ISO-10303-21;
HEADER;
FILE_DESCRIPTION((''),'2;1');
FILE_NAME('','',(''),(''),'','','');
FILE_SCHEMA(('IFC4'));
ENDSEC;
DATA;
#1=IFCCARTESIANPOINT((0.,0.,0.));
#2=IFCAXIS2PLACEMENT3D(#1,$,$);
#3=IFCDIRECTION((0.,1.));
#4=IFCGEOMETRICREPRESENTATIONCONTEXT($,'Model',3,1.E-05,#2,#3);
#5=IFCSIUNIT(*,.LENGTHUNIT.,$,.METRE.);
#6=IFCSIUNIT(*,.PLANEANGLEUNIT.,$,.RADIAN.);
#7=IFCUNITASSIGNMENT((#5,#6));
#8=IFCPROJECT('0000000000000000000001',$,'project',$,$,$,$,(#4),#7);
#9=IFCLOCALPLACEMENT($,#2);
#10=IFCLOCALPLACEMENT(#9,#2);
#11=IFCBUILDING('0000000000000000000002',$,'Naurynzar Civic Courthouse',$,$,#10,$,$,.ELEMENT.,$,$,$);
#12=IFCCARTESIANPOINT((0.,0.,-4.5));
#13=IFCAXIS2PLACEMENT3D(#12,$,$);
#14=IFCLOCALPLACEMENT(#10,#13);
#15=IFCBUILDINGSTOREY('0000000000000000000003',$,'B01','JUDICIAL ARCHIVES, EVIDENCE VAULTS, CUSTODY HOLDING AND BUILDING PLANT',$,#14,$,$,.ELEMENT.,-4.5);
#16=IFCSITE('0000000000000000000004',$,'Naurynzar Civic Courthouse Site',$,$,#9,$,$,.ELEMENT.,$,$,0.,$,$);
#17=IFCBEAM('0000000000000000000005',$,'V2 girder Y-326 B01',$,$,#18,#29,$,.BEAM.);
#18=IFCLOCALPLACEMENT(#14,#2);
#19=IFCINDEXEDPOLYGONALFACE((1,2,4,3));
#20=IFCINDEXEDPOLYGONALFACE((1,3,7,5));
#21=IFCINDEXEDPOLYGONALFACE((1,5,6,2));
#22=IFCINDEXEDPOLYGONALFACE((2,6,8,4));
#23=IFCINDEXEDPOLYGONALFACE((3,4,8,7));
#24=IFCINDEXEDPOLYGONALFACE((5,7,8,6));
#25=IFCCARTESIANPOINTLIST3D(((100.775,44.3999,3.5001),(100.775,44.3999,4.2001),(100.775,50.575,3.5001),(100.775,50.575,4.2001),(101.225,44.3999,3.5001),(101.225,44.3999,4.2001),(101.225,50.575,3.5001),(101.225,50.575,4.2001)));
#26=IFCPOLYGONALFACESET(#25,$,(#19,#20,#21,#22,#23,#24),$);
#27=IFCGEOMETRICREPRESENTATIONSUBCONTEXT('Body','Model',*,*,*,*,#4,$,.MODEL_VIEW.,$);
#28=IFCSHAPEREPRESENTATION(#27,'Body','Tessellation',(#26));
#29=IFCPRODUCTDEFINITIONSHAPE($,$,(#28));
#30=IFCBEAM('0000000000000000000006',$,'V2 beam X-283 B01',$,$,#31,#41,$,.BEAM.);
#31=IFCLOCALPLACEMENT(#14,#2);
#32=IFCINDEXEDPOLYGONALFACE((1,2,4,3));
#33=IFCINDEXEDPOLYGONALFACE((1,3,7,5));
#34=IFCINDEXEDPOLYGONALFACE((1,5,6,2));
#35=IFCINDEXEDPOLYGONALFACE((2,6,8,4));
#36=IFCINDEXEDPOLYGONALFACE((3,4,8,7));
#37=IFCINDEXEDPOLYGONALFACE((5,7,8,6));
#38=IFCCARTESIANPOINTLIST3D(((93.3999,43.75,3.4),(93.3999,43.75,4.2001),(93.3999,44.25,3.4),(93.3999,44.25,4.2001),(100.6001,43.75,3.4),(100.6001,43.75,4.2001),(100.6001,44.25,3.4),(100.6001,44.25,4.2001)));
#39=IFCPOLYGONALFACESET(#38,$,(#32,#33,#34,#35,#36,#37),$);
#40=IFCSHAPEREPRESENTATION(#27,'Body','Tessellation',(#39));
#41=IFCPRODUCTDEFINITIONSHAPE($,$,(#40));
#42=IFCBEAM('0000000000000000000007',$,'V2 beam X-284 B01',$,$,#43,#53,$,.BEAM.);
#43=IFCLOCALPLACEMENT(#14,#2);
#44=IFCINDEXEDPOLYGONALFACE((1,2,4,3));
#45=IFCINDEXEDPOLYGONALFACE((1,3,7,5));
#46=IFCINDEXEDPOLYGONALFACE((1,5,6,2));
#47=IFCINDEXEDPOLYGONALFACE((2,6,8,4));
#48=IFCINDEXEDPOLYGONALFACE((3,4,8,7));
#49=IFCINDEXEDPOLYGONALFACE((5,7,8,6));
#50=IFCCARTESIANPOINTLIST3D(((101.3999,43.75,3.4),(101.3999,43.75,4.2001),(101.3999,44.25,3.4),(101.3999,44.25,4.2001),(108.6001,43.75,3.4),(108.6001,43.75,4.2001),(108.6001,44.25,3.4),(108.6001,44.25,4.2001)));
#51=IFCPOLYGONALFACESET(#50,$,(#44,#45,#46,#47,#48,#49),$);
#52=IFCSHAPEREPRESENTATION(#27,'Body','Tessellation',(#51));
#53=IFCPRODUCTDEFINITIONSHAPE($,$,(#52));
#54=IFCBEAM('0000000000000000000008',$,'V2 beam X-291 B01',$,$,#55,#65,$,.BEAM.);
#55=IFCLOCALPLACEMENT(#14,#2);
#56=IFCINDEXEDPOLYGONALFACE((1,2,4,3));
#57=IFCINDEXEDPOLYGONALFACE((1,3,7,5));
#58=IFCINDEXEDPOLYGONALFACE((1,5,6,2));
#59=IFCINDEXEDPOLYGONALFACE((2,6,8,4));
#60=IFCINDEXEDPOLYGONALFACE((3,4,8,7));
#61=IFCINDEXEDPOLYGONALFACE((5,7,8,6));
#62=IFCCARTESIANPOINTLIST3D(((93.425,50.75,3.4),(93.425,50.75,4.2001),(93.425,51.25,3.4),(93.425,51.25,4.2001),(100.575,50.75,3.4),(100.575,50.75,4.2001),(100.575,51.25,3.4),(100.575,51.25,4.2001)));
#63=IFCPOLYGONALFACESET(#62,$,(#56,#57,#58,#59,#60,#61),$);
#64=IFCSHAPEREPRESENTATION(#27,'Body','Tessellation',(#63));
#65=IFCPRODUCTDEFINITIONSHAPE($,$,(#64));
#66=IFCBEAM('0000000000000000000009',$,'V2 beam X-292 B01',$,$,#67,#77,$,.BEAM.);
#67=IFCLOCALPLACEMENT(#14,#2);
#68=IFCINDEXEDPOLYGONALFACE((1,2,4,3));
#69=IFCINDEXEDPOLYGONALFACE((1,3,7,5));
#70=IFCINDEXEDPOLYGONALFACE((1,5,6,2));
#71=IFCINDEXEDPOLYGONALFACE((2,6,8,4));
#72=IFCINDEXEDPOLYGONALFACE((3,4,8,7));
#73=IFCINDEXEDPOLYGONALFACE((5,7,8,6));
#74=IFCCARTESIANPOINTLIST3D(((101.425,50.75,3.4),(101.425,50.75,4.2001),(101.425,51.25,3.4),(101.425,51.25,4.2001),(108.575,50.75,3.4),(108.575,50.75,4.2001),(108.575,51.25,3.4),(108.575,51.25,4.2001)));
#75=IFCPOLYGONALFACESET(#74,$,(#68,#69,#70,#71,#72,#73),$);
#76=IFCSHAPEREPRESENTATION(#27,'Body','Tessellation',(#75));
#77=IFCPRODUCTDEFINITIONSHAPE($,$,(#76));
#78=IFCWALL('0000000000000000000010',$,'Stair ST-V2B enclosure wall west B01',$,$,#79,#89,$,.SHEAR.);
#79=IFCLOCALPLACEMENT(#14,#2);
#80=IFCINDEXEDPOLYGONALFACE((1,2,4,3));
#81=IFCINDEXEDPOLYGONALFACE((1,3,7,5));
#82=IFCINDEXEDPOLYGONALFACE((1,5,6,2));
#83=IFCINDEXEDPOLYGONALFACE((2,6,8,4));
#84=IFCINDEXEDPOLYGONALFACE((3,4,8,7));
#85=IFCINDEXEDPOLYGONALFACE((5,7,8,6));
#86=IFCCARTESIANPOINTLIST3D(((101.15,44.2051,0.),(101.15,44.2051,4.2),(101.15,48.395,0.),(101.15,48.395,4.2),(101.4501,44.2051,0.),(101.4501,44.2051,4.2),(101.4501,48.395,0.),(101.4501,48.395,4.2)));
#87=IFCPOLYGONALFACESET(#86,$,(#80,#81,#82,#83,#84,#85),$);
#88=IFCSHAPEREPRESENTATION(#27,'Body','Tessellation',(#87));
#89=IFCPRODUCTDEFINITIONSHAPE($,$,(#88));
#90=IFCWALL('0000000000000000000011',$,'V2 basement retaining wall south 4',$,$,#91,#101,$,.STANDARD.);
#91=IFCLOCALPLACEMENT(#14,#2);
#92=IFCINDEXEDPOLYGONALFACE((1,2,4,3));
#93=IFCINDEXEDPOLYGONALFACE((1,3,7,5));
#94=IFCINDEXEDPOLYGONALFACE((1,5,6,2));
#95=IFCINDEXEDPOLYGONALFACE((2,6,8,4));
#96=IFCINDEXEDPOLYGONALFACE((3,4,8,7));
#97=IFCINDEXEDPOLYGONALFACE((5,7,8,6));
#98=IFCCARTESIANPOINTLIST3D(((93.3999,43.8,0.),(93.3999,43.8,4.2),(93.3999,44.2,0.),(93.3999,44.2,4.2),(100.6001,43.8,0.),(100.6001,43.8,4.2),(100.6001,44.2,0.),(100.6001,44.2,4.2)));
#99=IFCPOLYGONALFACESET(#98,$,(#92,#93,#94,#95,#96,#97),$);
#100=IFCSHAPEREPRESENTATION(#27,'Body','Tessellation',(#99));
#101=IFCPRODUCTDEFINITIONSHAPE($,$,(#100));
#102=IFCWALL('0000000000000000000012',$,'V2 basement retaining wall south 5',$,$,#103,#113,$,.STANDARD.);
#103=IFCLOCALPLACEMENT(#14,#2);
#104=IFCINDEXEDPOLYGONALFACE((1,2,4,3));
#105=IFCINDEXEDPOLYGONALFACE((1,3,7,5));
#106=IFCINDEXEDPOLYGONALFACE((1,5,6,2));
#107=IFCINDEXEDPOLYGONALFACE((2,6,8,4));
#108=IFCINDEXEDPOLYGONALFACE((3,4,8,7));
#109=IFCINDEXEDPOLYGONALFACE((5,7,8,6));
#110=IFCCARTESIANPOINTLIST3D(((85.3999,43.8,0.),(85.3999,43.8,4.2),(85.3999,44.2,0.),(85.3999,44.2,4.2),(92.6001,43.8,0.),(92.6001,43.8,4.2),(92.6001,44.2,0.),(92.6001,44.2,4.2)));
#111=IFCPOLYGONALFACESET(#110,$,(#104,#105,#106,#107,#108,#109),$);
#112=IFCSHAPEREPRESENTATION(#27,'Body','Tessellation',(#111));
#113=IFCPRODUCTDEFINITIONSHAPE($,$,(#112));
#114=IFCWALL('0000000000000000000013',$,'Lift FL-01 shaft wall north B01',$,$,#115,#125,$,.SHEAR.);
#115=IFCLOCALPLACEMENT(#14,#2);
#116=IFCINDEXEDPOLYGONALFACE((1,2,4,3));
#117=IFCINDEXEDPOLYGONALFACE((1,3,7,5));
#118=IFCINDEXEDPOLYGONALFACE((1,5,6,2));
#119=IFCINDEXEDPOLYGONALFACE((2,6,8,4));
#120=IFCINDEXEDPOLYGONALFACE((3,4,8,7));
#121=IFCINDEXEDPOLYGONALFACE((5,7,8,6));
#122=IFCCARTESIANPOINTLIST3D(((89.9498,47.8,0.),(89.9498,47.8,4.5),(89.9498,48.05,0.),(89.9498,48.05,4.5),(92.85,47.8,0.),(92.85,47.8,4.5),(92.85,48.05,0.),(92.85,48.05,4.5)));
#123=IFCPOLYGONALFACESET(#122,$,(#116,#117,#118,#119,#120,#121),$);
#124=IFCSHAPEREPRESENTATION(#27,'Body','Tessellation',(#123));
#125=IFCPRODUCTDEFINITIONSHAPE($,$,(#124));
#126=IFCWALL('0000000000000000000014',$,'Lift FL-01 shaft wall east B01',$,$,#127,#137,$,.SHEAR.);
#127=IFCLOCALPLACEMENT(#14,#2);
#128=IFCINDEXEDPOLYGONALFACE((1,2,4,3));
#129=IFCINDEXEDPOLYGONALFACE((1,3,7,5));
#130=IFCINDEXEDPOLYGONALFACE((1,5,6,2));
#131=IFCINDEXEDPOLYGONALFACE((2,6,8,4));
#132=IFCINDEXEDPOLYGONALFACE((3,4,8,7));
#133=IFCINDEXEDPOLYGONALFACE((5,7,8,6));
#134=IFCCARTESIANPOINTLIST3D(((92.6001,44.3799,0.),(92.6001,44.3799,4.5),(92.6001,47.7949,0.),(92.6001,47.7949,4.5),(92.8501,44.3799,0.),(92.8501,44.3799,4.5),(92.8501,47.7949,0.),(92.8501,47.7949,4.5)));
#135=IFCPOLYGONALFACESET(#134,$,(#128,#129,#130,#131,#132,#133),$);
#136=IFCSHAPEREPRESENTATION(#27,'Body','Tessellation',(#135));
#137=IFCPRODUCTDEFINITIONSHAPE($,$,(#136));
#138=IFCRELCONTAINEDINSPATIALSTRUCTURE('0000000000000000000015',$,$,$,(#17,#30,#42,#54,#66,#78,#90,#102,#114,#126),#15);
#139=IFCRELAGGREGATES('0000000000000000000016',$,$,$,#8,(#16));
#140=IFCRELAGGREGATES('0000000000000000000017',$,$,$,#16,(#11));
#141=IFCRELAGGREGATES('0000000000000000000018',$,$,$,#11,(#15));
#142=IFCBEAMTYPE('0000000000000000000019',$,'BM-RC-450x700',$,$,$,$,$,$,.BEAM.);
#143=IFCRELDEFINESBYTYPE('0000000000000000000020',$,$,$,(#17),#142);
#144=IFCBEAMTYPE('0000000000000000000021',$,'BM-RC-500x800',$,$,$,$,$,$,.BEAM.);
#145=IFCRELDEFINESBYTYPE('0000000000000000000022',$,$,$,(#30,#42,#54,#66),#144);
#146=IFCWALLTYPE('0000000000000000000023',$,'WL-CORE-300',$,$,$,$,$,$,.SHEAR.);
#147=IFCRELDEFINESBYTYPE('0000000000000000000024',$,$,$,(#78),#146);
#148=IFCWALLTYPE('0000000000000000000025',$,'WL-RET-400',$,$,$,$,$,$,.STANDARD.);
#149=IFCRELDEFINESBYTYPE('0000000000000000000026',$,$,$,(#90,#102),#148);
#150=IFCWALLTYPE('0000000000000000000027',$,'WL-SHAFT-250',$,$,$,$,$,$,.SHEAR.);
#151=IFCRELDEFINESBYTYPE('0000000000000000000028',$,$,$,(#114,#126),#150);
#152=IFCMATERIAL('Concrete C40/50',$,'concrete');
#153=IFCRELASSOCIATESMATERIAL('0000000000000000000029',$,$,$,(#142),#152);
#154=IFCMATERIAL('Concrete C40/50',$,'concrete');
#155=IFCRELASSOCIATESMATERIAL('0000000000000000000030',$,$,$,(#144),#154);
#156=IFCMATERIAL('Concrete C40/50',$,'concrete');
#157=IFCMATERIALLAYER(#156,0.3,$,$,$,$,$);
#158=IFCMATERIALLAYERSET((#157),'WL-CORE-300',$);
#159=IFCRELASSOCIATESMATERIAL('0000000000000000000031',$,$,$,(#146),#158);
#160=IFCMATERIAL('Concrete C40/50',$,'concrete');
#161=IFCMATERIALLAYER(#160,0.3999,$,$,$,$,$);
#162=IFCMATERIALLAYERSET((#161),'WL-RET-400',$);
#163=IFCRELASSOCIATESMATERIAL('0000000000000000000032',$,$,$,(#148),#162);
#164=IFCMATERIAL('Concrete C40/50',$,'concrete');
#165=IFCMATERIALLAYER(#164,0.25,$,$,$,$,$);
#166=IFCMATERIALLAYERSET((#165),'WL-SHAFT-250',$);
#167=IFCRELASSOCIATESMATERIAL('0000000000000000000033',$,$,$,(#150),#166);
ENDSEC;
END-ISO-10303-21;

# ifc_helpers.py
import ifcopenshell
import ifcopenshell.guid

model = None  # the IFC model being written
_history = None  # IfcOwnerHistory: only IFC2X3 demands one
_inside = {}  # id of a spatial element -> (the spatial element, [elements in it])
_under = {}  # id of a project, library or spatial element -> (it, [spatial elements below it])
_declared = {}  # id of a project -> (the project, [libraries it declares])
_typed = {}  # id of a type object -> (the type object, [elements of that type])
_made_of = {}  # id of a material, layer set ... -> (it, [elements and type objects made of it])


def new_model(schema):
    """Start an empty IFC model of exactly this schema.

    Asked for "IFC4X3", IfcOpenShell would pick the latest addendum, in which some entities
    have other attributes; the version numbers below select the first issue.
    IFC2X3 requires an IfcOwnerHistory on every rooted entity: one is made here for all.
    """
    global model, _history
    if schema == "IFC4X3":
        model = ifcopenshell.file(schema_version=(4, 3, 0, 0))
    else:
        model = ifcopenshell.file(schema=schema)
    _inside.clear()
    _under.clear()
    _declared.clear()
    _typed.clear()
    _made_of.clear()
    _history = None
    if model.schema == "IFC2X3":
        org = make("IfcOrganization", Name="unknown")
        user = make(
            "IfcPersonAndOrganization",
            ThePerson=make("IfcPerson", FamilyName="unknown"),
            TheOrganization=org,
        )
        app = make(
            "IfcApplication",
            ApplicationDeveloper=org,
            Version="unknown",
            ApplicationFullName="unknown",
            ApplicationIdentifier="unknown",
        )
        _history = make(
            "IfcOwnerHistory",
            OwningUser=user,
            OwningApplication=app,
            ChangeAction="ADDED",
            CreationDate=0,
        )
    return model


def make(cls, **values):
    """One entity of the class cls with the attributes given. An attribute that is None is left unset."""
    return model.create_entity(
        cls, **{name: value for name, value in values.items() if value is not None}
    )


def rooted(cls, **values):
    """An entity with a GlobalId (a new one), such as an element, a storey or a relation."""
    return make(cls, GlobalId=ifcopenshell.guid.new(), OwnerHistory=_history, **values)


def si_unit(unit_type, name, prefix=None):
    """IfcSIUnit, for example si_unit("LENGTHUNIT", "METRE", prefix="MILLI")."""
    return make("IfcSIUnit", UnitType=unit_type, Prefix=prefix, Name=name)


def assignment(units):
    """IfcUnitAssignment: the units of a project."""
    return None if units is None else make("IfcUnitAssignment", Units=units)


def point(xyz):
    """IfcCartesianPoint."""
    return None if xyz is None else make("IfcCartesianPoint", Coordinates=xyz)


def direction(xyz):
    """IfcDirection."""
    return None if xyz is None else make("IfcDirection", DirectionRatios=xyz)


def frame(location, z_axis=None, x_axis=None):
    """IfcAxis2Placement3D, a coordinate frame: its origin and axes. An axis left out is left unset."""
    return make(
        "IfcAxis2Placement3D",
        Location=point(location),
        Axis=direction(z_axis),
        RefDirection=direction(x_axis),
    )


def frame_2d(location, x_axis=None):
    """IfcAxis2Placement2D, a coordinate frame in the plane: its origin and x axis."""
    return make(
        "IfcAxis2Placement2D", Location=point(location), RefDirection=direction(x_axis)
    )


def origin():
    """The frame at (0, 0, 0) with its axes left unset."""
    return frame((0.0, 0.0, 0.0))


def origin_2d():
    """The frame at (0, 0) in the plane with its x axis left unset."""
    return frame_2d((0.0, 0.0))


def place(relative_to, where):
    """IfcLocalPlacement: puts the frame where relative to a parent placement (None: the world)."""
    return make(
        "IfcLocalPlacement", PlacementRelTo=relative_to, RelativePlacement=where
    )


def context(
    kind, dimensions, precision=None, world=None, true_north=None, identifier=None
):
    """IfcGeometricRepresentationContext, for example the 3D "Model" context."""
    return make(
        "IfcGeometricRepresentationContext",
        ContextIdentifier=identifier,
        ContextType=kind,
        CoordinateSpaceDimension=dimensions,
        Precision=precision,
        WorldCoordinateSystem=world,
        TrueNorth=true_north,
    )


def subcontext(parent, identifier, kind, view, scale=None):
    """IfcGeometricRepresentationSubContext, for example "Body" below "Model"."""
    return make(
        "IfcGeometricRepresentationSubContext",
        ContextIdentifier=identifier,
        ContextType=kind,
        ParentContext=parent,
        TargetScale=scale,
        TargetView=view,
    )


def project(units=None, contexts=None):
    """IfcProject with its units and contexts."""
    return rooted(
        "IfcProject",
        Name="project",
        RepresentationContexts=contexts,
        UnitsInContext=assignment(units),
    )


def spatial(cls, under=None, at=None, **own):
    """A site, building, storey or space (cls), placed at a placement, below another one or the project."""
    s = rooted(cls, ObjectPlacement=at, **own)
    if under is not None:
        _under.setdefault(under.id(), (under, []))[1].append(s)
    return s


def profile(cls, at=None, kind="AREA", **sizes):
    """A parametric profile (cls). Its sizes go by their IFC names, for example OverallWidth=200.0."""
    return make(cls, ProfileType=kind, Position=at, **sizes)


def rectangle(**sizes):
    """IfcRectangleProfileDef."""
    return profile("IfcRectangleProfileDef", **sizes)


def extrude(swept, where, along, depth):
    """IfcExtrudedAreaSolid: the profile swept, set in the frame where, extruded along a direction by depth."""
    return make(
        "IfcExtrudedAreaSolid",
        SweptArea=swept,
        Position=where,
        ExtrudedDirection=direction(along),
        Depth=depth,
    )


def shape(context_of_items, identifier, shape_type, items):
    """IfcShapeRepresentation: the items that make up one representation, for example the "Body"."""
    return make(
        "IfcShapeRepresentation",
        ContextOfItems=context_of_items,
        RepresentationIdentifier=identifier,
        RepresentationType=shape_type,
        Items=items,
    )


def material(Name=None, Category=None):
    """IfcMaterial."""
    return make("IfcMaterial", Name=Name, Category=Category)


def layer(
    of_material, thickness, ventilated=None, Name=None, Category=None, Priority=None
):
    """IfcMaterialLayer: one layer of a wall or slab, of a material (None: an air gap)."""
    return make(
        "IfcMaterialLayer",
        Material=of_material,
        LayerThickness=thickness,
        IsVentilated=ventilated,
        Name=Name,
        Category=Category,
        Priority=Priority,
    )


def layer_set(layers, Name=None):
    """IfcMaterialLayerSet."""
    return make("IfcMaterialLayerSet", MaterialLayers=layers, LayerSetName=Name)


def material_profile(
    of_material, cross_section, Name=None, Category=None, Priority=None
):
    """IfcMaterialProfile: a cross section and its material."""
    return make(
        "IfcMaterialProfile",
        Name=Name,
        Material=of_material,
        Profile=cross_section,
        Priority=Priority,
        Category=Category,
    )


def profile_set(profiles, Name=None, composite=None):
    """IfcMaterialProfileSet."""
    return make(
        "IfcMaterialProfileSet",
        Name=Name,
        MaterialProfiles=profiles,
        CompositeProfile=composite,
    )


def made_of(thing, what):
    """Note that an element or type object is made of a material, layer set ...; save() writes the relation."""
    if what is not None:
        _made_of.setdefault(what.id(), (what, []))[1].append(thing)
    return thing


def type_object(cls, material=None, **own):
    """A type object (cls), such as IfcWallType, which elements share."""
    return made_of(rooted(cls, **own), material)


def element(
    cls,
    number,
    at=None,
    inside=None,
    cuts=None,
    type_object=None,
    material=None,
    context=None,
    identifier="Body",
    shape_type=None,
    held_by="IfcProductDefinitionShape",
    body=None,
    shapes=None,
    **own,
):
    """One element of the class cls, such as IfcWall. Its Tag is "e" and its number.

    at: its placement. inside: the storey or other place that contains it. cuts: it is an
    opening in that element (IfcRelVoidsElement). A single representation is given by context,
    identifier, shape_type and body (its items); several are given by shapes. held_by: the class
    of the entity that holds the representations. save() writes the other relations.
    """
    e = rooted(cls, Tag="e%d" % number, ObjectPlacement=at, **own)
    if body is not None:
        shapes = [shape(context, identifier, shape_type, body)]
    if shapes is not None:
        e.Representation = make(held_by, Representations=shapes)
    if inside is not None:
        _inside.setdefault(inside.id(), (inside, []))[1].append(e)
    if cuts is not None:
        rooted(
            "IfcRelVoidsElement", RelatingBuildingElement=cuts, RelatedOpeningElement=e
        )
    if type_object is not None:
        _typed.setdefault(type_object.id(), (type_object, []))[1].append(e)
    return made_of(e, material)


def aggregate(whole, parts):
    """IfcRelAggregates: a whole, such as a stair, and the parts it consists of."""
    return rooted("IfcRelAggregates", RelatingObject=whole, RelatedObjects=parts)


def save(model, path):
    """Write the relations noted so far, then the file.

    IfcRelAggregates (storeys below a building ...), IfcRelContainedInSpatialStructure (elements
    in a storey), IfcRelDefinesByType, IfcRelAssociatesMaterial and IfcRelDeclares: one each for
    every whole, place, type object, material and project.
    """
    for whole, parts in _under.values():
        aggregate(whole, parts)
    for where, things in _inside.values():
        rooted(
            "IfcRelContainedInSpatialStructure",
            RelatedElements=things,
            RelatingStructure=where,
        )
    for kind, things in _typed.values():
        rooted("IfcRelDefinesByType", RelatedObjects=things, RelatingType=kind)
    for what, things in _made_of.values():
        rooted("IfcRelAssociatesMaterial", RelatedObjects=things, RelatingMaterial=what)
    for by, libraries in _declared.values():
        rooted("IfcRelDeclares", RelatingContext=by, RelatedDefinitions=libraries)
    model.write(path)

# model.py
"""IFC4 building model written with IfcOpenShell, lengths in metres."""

from ifc_helpers import new_model, si_unit, direction, frame, frame_2d, origin, origin_2d, place, context, subcontext, project, spatial, rectangle, extrude, material, layer, layer_set, material_profile, profile_set, type_object, element, save


model = new_model("IFC4")

# Units and contexts
model_context = context("Model", 3, precision=1e-05, world=origin(), true_north=direction((0.0, 1.0)))
body_context = subcontext(model_context, "Body", "Model", "MODEL_VIEW")
ifc_project = project(units=[si_unit("LENGTHUNIT", "METRE"), si_unit("PLANEANGLEUNIT", "RADIAN")], contexts=[model_context])

# Site, building, storey
site_placement = place(None, origin())
site = spatial("IfcSite", under=ifc_project, at=site_placement, Name="Naurynzar Civic Courthouse Site", CompositionType="ELEMENT", RefElevation=0.0)
building_placement = place(site_placement, origin())
building = spatial("IfcBuilding", under=site, at=building_placement, Name="Naurynzar Civic Courthouse", CompositionType="ELEMENT")
storey_placement = place(building_placement, frame((0.0, 0.0, -4.5)))
storey = spatial("IfcBuildingStorey", under=building, at=storey_placement, Name="B01", Description="JUDICIAL ARCHIVES, EVIDENCE VAULTS, CUSTODY HOLDING AND BUILDING PLANT", CompositionType="ELEMENT", Elevation=-4.5)

# Beams
ifc_material_1 = material(Name="Concrete C40/50", Category="concrete")
ifc_material_profile_1 = material_profile(ifc_material_1, rectangle(XDim=0.45, YDim=0.7, at=origin_2d()), Name="RCB 450x700")
ifc_profile_set_1 = profile_set([ifc_material_profile_1], Name="Concrete C40/50")
beam_type_1 = type_object("IfcBeamType", Name="BM-RC-450x700", PredefinedType="BEAM", material=ifc_profile_set_1)
for number, where, z_axis, x_axis, name in (
    (1, (101.0, 44.3999, 3.8501), (0.0, 1.0, 0.0), (-1.0, 0.0, 0.0), "V2 girder Y-326 B01"),
):
    element("IfcBeam", number, at=place(storey_placement, frame(where, z_axis=z_axis, x_axis=x_axis)), inside=storey, type_object=beam_type_1, Name=name, PredefinedType="BEAM", context=body_context, shape_type="SweptSolid", body=[
        extrude(rectangle(XDim=0.45, YDim=0.7, at=origin_2d()), origin(), (0.0, 0.0, 1.0), 6.175),
    ])
ifc_material_2 = material(Name="Concrete C40/50", Category="concrete")
ifc_material_profile_2 = material_profile(ifc_material_2, rectangle(XDim=0.5, YDim=0.8, at=origin_2d()), Name="RCB 500x800")
ifc_profile_set_2 = profile_set([ifc_material_profile_2], Name="Concrete C40/50")
beam_type_2 = type_object("IfcBeamType", Name="BM-RC-500x800", PredefinedType="BEAM", material=ifc_profile_set_2)
for number, where, z_axis, x_axis, name in (
    (2, (93.3999, 44.0, 3.8), (1.0, 0.0, 0.0), (0.0, 1.0, 0.0), "V2 beam X-283 B01"),
    (3, (101.3999, 44.0, 3.8), (1.0, 0.0, 0.0), (0.0, 1.0, 0.0), "V2 beam X-284 B01"),
):
    element("IfcBeam", number, at=place(storey_placement, frame(where, z_axis=z_axis, x_axis=x_axis)), inside=storey, type_object=beam_type_2, Name=name, PredefinedType="BEAM", context=body_context, shape_type="SweptSolid", body=[
        extrude(rectangle(XDim=0.5, YDim=0.8, at=origin_2d()), origin(), (0.0, 0.0, 1.0), 7.2002),
    ])
for number, where, z_axis, x_axis, name in (
    (4, (93.425, 51.0, 3.8), (1.0, 0.0, 0.0), (0.0, 1.0, 0.0), "V2 beam X-291 B01"),
    (5, (101.425, 51.0, 3.8), (1.0, 0.0, 0.0), (0.0, 1.0, 0.0), "V2 beam X-292 B01"),
):
    element("IfcBeam", number, at=place(storey_placement, frame(where, z_axis=z_axis, x_axis=x_axis)), inside=storey, type_object=beam_type_2, Name=name, PredefinedType="BEAM", context=body_context, shape_type="SweptSolid", body=[
        extrude(rectangle(XDim=0.5, YDim=0.8, at=origin_2d()), origin(), (0.0, 0.0, 1.0), 7.1499),
    ])

# Walls
ifc_material_3 = material(Name="Concrete C40/50", Category="concrete")
ifc_layer_1 = layer(ifc_material_3, 0.3)
ifc_layer_set_1 = layer_set([ifc_layer_1], Name="WL-CORE-300")
wall_type_1 = type_object("IfcWallType", Name="WL-CORE-300", PredefinedType="SHEAR", material=ifc_layer_set_1)
wall_1_placement = place(storey_placement, frame((101.3, 48.395, 0.0), z_axis=(0.0, 0.0, 1.0), x_axis=(0.0, -1.0, 0.0)))
element("IfcWall", 6, at=wall_1_placement, inside=storey, type_object=wall_type_1, Name="Stair ST-V2B enclosure wall west B01", PredefinedType="SHEAR", context=body_context, shape_type="SweptSolid", body=[
    extrude(rectangle(XDim=4.1899, YDim=0.3, at=frame_2d((2.095, 0.0))), origin(), (0.0, 0.0, 1.0), 4.2),
])
ifc_material_4 = material(Name="Concrete C40/50", Category="concrete")
ifc_layer_2 = layer(ifc_material_4, 0.3999)
ifc_layer_set_2 = layer_set([ifc_layer_2], Name="WL-RET-400")
wall_type_2 = type_object("IfcWallType", Name="WL-RET-400", PredefinedType="STANDARD", material=ifc_layer_set_2)
for number, where, z_axis, x_axis, name in (
    (7, (100.6001, 44.0, 0.0), (0.0, 0.0, 1.0), (-1.0, 0.0, 0.0), "V2 basement retaining wall south 4"),
    (8, (92.6001, 44.0, 0.0), (0.0, 0.0, 1.0), (-1.0, 0.0, 0.0), "V2 basement retaining wall south 5"),
):
    element("IfcWall", number, at=place(storey_placement, frame(where, z_axis=z_axis, x_axis=x_axis)), inside=storey, type_object=wall_type_2, Name=name, PredefinedType="STANDARD", context=body_context, shape_type="SweptSolid", body=[
        extrude(rectangle(XDim=7.2002, YDim=0.3999, at=frame_2d((3.6001, 0.0))), origin(), (0.0, 0.0, 1.0), 4.2),
    ])
ifc_material_5 = material(Name="Concrete C40/50", Category="concrete")
ifc_layer_3 = layer(ifc_material_5, 0.25)
ifc_layer_set_3 = layer_set([ifc_layer_3], Name="WL-SHAFT-250")
wall_type_3 = type_object("IfcWallType", Name="WL-SHAFT-250", PredefinedType="SHEAR", material=ifc_layer_set_3)
wall_2_placement = place(storey_placement, frame((92.8501, 47.925, 0.0), z_axis=(0.0, 0.0, 1.0), x_axis=(-1.0, 0.0, 0.0)))
element("IfcWall", 9, at=wall_2_placement, inside=storey, type_object=wall_type_3, Name="Lift FL-01 shaft wall north B01", PredefinedType="SHEAR", context=body_context, shape_type="SweptSolid", body=[
    extrude(rectangle(XDim=2.9001, YDim=0.25, at=frame_2d((1.4502, 0.0))), origin(), (0.0, 0.0, 1.0), 4.5),
])
wall_3_placement = place(storey_placement, frame((92.7251, 44.3799, 0.0), z_axis=(0.0, 0.0, 1.0), x_axis=(0.0, 1.0, 0.0)))
element("IfcWall", 10, at=wall_3_placement, inside=storey, type_object=wall_type_3, Name="Lift FL-01 shaft wall east B01", PredefinedType="SHEAR", context=body_context, shape_type="SweptSolid", body=[
    extrude(rectangle(XDim=3.415, YDim=0.25, at=frame_2d((1.7075, 0.0))), origin(), (0.0, 0.0, 1.0), 4.5),
])

save(model, "model.ifc")
